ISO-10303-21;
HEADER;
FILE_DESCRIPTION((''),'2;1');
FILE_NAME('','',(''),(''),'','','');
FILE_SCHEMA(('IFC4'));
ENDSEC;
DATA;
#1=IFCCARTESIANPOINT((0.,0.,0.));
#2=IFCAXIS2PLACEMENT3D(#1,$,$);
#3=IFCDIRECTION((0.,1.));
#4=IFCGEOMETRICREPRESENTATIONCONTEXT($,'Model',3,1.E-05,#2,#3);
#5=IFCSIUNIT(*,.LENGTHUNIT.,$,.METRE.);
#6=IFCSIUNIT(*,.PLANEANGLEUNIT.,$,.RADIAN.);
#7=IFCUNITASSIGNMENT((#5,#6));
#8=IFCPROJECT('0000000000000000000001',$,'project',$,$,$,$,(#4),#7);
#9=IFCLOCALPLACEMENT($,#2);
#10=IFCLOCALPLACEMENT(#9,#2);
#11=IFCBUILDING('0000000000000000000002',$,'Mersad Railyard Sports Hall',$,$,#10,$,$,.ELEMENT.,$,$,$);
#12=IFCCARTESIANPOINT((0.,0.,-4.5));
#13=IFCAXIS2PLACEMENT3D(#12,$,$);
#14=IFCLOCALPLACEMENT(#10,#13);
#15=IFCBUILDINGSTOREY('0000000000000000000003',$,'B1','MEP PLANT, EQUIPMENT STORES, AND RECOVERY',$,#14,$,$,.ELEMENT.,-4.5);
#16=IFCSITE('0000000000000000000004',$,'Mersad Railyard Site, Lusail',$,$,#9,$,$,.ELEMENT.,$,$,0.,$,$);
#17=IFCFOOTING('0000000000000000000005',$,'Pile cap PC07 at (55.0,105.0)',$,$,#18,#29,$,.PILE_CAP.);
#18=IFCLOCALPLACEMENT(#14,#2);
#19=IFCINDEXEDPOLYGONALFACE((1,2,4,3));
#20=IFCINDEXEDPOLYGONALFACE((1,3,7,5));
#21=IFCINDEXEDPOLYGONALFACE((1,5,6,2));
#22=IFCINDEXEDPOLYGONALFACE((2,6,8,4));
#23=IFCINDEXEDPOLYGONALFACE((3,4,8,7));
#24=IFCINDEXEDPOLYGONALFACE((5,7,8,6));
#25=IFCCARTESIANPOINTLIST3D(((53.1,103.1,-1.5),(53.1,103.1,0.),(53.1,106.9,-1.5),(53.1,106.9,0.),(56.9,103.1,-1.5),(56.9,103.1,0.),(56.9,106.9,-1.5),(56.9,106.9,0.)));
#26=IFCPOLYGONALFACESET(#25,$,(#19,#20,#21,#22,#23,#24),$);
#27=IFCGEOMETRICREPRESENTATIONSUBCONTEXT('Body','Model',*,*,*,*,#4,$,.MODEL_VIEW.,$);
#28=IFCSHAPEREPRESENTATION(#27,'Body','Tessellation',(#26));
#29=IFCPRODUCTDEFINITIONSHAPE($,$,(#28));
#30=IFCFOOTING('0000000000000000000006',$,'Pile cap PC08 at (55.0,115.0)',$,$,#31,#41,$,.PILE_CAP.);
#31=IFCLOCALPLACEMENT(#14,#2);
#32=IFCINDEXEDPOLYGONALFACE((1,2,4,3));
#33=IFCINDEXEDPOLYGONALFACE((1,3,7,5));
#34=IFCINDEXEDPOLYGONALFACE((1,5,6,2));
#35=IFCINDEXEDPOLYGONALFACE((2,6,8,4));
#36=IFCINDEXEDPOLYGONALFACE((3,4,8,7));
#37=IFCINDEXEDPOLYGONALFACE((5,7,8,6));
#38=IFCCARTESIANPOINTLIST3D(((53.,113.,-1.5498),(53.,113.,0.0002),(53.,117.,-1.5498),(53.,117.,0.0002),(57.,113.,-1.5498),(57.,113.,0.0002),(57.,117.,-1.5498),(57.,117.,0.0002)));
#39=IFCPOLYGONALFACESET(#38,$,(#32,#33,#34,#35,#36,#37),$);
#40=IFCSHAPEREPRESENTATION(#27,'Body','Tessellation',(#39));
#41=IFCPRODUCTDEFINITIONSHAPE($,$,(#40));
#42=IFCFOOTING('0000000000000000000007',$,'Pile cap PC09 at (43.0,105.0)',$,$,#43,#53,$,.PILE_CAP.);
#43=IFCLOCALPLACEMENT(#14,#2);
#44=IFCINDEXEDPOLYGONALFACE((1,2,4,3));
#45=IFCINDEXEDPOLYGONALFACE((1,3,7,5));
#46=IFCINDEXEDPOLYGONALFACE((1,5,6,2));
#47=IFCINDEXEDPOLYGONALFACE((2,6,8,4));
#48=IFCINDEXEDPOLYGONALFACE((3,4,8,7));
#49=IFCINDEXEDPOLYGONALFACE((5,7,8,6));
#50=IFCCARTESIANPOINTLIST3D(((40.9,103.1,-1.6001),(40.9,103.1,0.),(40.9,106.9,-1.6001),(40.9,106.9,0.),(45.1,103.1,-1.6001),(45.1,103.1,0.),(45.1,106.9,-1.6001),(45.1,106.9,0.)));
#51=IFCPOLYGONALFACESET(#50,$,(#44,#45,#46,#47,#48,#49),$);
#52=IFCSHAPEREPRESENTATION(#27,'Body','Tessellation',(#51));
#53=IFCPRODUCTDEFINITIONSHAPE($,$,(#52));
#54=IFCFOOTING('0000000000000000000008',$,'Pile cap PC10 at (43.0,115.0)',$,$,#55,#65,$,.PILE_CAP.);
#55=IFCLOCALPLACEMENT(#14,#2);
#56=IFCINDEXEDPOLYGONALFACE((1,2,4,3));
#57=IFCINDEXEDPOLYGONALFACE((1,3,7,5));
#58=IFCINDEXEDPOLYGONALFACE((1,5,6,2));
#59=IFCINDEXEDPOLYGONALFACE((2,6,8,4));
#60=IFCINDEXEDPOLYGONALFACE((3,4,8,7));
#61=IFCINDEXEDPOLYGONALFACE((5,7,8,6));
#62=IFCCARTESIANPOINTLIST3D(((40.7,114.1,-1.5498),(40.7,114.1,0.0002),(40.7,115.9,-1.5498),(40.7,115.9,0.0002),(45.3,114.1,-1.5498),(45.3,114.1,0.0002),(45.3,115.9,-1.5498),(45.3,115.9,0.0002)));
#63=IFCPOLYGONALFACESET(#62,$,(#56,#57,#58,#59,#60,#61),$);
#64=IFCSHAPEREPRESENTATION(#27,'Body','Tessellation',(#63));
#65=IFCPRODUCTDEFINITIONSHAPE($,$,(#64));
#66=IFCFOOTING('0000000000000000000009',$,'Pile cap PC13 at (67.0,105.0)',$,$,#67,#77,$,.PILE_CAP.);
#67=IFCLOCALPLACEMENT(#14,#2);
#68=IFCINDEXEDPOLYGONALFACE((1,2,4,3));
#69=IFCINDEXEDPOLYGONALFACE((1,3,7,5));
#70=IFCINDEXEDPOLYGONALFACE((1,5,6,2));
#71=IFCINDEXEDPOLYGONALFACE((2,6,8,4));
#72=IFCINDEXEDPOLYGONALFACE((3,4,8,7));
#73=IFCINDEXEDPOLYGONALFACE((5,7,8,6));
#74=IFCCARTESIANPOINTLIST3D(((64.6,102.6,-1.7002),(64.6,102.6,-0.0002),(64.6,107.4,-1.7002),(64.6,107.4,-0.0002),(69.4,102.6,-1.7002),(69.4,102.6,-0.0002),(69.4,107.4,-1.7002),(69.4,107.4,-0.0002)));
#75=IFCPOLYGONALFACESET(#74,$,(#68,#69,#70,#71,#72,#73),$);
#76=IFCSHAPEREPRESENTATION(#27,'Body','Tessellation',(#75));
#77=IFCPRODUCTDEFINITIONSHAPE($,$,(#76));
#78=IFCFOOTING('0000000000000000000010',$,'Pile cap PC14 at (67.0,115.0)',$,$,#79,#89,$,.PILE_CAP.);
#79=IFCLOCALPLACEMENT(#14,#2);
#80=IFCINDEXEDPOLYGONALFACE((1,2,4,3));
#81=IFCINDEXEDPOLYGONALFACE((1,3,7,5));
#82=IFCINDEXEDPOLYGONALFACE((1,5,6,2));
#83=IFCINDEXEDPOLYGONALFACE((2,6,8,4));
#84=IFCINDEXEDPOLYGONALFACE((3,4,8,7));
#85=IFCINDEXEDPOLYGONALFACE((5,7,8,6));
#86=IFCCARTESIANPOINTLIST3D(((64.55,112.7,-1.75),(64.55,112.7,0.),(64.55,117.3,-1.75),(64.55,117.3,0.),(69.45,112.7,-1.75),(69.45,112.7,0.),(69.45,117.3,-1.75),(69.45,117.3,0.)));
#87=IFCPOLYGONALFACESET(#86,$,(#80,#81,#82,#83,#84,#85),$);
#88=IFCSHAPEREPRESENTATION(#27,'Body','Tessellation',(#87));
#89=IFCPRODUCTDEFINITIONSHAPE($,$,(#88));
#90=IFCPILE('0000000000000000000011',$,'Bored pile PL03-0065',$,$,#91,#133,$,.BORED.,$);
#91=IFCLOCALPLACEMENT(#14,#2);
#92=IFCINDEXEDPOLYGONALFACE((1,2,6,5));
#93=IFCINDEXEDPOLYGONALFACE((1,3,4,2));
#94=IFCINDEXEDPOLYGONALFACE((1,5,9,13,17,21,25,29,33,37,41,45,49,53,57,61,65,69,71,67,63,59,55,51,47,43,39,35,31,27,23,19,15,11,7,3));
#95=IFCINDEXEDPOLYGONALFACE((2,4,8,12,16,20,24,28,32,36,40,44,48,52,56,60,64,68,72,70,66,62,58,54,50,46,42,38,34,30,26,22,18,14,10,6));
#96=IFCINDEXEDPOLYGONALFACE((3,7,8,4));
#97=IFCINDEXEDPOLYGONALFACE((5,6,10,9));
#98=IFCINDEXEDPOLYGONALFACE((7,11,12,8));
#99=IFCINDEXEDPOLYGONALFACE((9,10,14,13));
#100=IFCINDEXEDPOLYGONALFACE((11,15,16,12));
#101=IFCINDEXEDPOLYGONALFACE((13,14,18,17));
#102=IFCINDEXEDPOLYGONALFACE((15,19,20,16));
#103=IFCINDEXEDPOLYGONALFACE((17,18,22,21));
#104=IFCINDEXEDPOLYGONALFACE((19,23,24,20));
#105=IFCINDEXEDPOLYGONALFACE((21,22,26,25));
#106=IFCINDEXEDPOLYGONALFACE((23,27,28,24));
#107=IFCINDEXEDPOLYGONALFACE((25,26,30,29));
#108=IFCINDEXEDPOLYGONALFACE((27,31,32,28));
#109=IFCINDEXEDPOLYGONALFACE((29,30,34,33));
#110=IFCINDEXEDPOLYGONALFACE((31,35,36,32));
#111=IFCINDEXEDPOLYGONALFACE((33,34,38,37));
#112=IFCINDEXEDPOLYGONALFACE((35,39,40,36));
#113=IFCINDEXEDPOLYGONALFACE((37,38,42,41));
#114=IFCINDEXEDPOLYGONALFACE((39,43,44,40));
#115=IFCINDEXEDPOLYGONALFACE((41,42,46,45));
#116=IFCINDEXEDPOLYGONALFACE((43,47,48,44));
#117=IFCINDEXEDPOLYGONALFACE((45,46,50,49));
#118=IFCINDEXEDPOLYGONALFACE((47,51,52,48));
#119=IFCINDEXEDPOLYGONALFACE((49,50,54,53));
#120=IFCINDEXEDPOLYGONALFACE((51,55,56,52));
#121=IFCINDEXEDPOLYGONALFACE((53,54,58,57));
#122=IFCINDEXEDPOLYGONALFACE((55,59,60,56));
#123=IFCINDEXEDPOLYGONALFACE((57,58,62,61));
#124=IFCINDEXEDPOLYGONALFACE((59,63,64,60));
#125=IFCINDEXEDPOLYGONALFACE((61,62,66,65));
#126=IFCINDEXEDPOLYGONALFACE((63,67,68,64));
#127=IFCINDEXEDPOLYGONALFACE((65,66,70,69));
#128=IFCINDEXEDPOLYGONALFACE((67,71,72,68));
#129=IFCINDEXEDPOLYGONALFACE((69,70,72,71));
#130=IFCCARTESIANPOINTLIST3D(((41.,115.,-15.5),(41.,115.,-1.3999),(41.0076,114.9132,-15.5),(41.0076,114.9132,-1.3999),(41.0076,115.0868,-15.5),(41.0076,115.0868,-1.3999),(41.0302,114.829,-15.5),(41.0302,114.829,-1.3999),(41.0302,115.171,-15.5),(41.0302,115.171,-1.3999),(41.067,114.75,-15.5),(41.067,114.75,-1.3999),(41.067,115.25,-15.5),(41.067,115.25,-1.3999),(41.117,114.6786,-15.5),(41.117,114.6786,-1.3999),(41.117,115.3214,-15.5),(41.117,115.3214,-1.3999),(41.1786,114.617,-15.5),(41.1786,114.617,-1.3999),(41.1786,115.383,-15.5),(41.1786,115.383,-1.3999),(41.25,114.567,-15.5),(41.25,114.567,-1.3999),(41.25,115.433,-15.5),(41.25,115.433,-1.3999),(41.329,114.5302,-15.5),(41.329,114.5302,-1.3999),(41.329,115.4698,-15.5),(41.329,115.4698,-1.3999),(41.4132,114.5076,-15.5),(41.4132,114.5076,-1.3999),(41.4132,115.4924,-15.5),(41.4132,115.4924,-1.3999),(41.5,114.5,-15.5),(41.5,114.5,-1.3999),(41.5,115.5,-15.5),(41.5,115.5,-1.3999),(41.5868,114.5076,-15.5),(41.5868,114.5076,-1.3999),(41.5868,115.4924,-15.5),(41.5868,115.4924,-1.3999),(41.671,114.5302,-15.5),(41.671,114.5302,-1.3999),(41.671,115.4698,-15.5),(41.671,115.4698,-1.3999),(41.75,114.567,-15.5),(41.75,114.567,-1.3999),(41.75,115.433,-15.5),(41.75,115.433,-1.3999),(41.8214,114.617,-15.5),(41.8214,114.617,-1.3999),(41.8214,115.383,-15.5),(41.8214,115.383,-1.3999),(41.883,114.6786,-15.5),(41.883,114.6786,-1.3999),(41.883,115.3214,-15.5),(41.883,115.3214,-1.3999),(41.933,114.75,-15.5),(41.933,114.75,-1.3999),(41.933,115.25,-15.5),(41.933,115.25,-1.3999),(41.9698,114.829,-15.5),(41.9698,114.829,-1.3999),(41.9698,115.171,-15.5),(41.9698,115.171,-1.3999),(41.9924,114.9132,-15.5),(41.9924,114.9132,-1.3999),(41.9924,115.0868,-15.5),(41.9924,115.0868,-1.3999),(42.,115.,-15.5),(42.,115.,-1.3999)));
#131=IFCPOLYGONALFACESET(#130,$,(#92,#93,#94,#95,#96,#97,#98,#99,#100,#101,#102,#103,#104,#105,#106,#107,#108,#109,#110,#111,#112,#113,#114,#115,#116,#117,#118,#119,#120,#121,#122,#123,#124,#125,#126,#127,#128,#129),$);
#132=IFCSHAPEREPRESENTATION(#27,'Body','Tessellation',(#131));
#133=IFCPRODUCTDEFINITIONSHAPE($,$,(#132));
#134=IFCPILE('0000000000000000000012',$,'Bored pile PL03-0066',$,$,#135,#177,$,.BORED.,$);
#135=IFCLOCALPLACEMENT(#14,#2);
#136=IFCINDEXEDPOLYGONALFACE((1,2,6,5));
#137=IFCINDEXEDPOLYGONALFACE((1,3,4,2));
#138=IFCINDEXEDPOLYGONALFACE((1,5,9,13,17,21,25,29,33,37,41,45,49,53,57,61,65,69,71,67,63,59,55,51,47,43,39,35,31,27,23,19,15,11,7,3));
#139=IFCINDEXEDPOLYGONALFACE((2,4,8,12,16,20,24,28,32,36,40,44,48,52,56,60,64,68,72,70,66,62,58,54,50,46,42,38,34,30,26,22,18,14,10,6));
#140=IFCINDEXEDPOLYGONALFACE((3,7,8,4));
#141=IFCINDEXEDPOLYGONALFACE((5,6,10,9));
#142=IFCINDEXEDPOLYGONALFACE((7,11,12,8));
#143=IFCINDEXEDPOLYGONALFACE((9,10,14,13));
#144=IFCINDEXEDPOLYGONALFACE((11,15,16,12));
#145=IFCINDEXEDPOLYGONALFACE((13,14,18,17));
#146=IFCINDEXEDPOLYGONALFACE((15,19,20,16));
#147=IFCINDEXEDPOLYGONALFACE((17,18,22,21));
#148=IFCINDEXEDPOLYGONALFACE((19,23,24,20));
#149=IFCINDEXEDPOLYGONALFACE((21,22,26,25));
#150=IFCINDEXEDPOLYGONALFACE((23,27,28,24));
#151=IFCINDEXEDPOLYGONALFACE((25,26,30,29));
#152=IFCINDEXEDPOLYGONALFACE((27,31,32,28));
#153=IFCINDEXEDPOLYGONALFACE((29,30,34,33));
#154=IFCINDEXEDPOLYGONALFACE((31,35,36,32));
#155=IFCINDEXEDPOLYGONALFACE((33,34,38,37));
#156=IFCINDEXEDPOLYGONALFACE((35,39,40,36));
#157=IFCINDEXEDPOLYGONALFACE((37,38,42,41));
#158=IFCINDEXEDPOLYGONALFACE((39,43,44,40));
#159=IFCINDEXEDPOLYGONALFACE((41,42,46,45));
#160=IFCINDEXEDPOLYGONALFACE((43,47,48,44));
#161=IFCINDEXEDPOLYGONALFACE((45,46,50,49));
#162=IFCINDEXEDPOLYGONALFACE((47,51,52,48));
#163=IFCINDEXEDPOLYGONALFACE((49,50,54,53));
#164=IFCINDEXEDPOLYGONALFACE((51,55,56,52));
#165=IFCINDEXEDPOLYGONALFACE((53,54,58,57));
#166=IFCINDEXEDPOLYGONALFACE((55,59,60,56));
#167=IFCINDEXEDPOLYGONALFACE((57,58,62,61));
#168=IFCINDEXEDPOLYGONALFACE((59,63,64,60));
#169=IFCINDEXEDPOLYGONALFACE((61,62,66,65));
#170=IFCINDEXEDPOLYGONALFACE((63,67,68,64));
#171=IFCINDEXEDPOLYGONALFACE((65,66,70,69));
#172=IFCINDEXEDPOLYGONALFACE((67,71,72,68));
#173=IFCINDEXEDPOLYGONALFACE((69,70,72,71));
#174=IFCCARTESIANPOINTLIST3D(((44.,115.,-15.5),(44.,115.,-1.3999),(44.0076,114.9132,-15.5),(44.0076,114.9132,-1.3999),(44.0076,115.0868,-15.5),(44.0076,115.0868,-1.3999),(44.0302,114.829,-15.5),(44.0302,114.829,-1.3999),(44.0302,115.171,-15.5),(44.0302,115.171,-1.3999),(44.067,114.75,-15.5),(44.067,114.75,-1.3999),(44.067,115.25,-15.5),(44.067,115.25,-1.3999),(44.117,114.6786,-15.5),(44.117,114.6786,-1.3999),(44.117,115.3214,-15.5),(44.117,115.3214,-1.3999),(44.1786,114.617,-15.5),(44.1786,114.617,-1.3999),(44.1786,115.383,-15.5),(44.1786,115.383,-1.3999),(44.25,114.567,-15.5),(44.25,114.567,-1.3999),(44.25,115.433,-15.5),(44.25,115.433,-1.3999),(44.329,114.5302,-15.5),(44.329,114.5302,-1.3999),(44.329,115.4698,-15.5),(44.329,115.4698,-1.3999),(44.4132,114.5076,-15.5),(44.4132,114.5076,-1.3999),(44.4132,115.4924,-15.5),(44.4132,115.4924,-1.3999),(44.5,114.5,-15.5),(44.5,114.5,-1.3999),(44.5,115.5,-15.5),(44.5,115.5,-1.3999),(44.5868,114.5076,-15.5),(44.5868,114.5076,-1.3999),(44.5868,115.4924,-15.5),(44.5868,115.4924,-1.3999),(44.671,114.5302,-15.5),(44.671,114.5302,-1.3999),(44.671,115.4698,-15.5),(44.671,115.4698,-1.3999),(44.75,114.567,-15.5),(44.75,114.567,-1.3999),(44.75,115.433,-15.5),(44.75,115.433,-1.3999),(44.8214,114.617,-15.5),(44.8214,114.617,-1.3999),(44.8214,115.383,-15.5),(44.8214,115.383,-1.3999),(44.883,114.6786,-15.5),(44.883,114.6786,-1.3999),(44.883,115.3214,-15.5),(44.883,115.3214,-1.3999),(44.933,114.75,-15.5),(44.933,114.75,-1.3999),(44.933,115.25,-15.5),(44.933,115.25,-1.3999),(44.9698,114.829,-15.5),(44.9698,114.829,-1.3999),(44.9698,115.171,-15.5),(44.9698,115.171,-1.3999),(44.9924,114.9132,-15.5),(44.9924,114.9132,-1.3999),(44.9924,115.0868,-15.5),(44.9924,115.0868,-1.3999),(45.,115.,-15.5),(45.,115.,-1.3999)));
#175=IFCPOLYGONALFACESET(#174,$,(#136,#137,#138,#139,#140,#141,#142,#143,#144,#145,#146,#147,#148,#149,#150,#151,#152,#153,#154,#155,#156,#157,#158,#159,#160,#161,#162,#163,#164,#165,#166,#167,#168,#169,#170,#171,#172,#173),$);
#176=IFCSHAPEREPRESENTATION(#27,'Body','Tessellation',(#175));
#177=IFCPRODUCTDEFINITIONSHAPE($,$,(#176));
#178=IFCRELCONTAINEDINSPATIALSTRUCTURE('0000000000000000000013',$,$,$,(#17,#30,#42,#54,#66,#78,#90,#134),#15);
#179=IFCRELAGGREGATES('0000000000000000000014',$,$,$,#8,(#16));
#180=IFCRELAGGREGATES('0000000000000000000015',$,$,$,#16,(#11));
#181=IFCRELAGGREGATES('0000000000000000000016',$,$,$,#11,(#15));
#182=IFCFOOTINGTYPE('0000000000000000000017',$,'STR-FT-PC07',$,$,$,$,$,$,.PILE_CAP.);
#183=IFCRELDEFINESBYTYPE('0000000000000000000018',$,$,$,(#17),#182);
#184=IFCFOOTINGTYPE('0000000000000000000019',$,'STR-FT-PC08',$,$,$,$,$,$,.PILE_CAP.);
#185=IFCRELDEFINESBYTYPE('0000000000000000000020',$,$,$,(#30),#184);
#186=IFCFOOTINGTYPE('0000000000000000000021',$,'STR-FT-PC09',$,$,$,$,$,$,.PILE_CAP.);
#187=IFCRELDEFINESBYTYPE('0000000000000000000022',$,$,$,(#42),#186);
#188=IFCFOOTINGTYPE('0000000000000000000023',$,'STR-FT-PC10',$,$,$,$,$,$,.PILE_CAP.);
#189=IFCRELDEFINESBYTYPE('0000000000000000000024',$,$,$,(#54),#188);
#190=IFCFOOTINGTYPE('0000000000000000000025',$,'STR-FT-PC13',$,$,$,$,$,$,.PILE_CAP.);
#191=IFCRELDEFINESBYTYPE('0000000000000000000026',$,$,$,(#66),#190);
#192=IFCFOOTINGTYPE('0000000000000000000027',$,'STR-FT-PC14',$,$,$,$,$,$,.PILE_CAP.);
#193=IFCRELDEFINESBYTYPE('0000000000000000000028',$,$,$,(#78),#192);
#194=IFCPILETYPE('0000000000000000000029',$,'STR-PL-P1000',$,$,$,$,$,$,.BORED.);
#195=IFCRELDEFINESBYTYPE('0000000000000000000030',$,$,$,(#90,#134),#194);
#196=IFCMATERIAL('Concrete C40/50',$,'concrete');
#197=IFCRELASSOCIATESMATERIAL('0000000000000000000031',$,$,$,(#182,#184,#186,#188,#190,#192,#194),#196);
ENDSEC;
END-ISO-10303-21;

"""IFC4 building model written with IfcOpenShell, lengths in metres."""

from ifc_helpers import new_model, si_unit, direction, frame, origin, origin_2d, place, context, subcontext, project, spatial, rectangle, circle, extrude, material, material_profile, profile_set, type_object, element, save


model = new_model("IFC4")

# Units and contexts
model_context = context("Model", 3, precision=1e-05, world=origin(), true_north=direction((0.0, 1.0)))
body_context = subcontext(model_context, "Body", "Model", "MODEL_VIEW")
ifc_project = project(units=[si_unit("LENGTHUNIT", "METRE"), si_unit("PLANEANGLEUNIT", "RADIAN")], contexts=[model_context])

# Site, building, storey
site_placement = place(None, origin())
site = spatial("IfcSite", under=ifc_project, at=site_placement, Name="Mersad Railyard Site, Lusail", CompositionType="ELEMENT", RefElevation=0.0)
building_placement = place(site_placement, origin())
building = spatial("IfcBuilding", under=site, at=building_placement, Name="Mersad Railyard Sports Hall", CompositionType="ELEMENT")
storey_placement = place(building_placement, frame((0.0, 0.0, -4.5)))
storey = spatial("IfcBuildingStorey", under=building, at=storey_placement, Name="B1", Description="MEP PLANT, EQUIPMENT STORES, AND RECOVERY", CompositionType="ELEMENT", Elevation=-4.5)

# Footings
ifc_material_1 = material(Name="Concrete C40/50", Category="concrete")
footing_type_1 = type_object("IfcFootingType", Name="STR-FT-PC07", PredefinedType="PILE_CAP", material=ifc_material_1)
footing_1_placement = place(storey_placement, frame((55.0, 105.0, -1.5), z_axis=(0.0, 0.0, 1.0), x_axis=(1.0, 0.0, 0.0)))
element("IfcFooting", 1, at=footing_1_placement, inside=storey, type_object=footing_type_1, Name="Pile cap PC07 at (55.0,105.0)", PredefinedType="PILE_CAP", context=body_context, shape_type="SweptSolid", body=[
    extrude(rectangle(XDim=3.8, YDim=3.8, at=origin_2d()), origin(), (0.0, 0.0, 1.0), 1.5),
])
footing_type_2 = type_object("IfcFootingType", Name="STR-FT-PC08", PredefinedType="PILE_CAP", material=ifc_material_1)
footing_2_placement = place(storey_placement, frame((55.0, 115.0, -1.5498), z_axis=(0.0, 0.0, 1.0), x_axis=(1.0, 0.0, 0.0)))
element("IfcFooting", 2, at=footing_2_placement, inside=storey, type_object=footing_type_2, Name="Pile cap PC08 at (55.0,115.0)", PredefinedType="PILE_CAP", context=body_context, shape_type="SweptSolid", body=[
    extrude(rectangle(XDim=4.0, YDim=4.0, at=origin_2d()), origin(), (0.0, 0.0, 1.0), 1.55),
])
footing_type_3 = type_object("IfcFootingType", Name="STR-FT-PC09", PredefinedType="PILE_CAP", material=ifc_material_1)
footing_3_placement = place(storey_placement, frame((43.0, 105.0, -1.6001), z_axis=(0.0, 0.0, 1.0), x_axis=(1.0, 0.0, 0.0)))
element("IfcFooting", 3, at=footing_3_placement, inside=storey, type_object=footing_type_3, Name="Pile cap PC09 at (43.0,105.0)", PredefinedType="PILE_CAP", context=body_context, shape_type="SweptSolid", body=[
    extrude(rectangle(XDim=4.2, YDim=3.8, at=origin_2d()), origin(), (0.0, 0.0, 1.0), 1.6001),
])
footing_type_4 = type_object("IfcFootingType", Name="STR-FT-PC10", PredefinedType="PILE_CAP", material=ifc_material_1)
footing_4_placement = place(storey_placement, frame((43.0, 115.0, -1.5498), z_axis=(0.0, 0.0, 1.0), x_axis=(1.0, 0.0, 0.0)))
element("IfcFooting", 4, at=footing_4_placement, inside=storey, type_object=footing_type_4, Name="Pile cap PC10 at (43.0,115.0)", PredefinedType="PILE_CAP", context=body_context, shape_type="SweptSolid", body=[
    extrude(rectangle(XDim=4.6001, YDim=1.8, at=origin_2d()), origin(), (0.0, 0.0, 1.0), 1.55),
])
footing_type_5 = type_object("IfcFootingType", Name="STR-FT-PC13", PredefinedType="PILE_CAP", material=ifc_material_1)
footing_5_placement = place(storey_placement, frame((67.0, 105.0, -1.7002), z_axis=(0.0, 0.0, 1.0), x_axis=(1.0, 0.0, 0.0)))
element("IfcFooting", 5, at=footing_5_placement, inside=storey, type_object=footing_type_5, Name="Pile cap PC13 at (67.0,105.0)", PredefinedType="PILE_CAP", context=body_context, shape_type="SweptSolid", body=[
    extrude(rectangle(XDim=4.8, YDim=4.8, at=origin_2d()), origin(), (0.0, 0.0, 1.0), 1.7),
])
footing_type_6 = type_object("IfcFootingType", Name="STR-FT-PC14", PredefinedType="PILE_CAP", material=ifc_material_1)
footing_6_placement = place(storey_placement, frame((67.0, 115.0, -1.75), z_axis=(0.0, 0.0, 1.0), x_axis=(1.0, 0.0, 0.0)))
element("IfcFooting", 6, at=footing_6_placement, inside=storey, type_object=footing_type_6, Name="Pile cap PC14 at (67.0,115.0)", PredefinedType="PILE_CAP", context=body_context, shape_type="SweptSolid", body=[
    extrude(rectangle(XDim=4.8999, YDim=4.6001, at=origin_2d()), origin(), (0.0, 0.0, 1.0), 1.75),
])

# Piles
ifc_material_profile_1 = material_profile(ifc_material_1, circle(Radius=0.5, at=origin_2d()), Name="BORED PILE D1000")
ifc_profile_set_1 = profile_set([ifc_material_profile_1], Name="Concrete C40/50")
pile_type_1 = type_object("IfcPileType", Name="STR-PL-P1000", PredefinedType="BORED", material=ifc_profile_set_1)
for number, where, z_axis, x_axis, name in (
    (7, (41.5, 115.0, -1.3999), (0.0, 0.0, -1.0), (1.0, 0.0, 0.0), "Bored pile PL03-0065"),
    (8, (44.5, 115.0, -1.3999), (0.0, 0.0, -1.0), (1.0, 0.0, 0.0), "Bored pile PL03-0066"),
):
    element("IfcPile", number, at=place(storey_placement, frame(where, z_axis=z_axis, x_axis=x_axis)), inside=storey, type_object=pile_type_1, Name=name, PredefinedType="BORED", context=body_context, shape_type="SweptSolid", body=[
        extrude(circle(Radius=0.5, at=origin_2d()), origin(), (0.0, 0.0, 1.0), 14.1001),
    ])

save(model, "model.ifc")
